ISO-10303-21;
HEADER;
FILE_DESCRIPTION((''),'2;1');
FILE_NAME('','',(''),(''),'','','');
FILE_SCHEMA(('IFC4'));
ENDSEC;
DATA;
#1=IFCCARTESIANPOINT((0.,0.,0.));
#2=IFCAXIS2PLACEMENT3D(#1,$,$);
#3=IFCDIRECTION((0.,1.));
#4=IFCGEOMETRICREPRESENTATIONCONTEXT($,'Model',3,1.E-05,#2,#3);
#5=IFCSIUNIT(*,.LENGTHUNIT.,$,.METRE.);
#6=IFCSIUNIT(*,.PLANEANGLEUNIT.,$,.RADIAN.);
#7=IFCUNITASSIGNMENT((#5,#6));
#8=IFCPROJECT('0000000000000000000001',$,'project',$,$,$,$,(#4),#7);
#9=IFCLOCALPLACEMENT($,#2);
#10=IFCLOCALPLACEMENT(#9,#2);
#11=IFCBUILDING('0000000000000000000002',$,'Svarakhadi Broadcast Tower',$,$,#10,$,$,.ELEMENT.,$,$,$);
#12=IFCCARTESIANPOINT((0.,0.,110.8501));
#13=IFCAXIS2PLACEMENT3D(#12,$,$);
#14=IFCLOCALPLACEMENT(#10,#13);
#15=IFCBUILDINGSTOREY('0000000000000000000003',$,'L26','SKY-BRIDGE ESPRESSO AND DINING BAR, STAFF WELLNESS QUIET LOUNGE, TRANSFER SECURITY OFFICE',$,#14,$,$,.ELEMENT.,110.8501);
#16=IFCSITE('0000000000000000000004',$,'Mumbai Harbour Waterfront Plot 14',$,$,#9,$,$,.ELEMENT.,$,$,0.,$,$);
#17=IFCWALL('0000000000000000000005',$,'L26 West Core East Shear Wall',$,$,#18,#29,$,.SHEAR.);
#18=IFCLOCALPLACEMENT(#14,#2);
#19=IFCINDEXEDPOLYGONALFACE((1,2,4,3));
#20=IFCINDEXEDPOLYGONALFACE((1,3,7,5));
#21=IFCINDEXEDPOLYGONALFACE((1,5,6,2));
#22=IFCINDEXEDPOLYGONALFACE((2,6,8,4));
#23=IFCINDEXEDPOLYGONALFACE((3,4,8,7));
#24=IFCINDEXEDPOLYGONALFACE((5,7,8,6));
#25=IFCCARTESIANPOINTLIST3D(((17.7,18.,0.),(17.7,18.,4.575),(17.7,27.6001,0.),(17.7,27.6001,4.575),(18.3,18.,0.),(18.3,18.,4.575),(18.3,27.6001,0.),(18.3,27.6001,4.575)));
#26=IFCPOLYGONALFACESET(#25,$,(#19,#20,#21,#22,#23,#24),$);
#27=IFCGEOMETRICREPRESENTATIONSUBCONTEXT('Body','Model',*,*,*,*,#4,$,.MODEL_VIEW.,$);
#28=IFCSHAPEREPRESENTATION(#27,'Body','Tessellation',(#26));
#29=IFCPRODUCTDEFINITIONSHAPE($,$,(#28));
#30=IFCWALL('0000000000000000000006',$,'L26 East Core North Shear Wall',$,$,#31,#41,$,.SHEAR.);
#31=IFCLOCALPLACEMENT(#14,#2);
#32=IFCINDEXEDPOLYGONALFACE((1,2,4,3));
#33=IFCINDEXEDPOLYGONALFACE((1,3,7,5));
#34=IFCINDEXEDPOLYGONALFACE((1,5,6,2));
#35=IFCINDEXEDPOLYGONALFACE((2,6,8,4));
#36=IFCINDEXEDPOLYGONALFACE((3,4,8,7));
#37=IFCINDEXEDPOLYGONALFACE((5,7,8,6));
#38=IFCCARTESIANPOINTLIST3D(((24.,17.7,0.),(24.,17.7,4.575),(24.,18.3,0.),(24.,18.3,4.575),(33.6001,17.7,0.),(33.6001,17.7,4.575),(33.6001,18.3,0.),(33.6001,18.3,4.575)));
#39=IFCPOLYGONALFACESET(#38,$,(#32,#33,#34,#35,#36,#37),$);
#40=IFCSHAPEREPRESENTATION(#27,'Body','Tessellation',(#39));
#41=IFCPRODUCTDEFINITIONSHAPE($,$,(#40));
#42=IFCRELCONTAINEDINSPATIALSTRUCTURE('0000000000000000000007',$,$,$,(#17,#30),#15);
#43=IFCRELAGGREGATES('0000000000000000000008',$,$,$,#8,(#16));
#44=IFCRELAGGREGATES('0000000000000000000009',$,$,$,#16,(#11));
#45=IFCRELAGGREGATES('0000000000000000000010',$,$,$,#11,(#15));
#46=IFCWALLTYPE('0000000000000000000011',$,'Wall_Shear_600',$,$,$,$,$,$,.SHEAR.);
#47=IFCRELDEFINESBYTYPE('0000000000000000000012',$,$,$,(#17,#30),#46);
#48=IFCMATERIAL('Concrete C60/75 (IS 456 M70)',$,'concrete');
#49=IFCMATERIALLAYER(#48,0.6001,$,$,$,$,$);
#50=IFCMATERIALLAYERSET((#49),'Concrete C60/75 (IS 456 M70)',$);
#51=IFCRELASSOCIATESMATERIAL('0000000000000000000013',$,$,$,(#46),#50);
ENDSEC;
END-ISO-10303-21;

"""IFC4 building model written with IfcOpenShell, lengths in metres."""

from ifc_helpers import new_model, si_unit, direction, frame, frame_2d, origin, place, context, subcontext, project, spatial, rectangle, extrude, material, layer, layer_set, type_object, element, save


model = new_model("IFC4")

# Units and contexts
model_context = context("Model", 3, precision=1e-05, world=origin(), true_north=direction((0.0, 1.0)))
body_context = subcontext(model_context, "Body", "Model", "MODEL_VIEW")
ifc_project = project(units=[si_unit("LENGTHUNIT", "METRE"), si_unit("PLANEANGLEUNIT", "RADIAN")], contexts=[model_context])

# Site, building, storey
site_placement = place(None, origin())
site = spatial("IfcSite", under=ifc_project, at=site_placement, Name="Mumbai Harbour Waterfront Plot 14", CompositionType="ELEMENT", RefElevation=0.0)
building_placement = place(site_placement, origin())
building = spatial("IfcBuilding", under=site, at=building_placement, Name="Svarakhadi Broadcast Tower", CompositionType="ELEMENT")
storey_placement = place(building_placement, frame((0.0, 0.0, 110.8501)))
storey = spatial("IfcBuildingStorey", under=building, at=storey_placement, Name="L26", Description="SKY-BRIDGE ESPRESSO AND DINING BAR, STAFF WELLNESS QUIET LOUNGE, TRANSFER SECURITY OFFICE", CompositionType="ELEMENT", Elevation=110.8501)

# Walls
ifc_material_1 = material(Name="Concrete C60/75 (IS 456 M70)", Category="concrete")
ifc_layer_1 = layer(ifc_material_1, 0.6001)
ifc_layer_set_1 = layer_set([ifc_layer_1], Name="Concrete C60/75 (IS 456 M70)")
wall_type_1 = type_object("IfcWallType", Name="Wall_Shear_600", PredefinedType="SHEAR", material=ifc_layer_set_1)
for number, where, z_axis, x_axis, name in (
    (1, (18.0, 18.0, 0.0), (0.0, 0.0, 1.0), (0.0, 1.0, 0.0), "L26 West Core East Shear Wall"),
    (2, (24.0, 18.0, 0.0), (0.0, 0.0, 1.0), (1.0, 0.0, 0.0), "L26 East Core North Shear Wall"),
):
    element("IfcWall", number, at=place(storey_placement, frame(where, z_axis=z_axis, x_axis=x_axis)), inside=storey, type_object=wall_type_1, Name=name, PredefinedType="SHEAR", context=body_context, shape_type="SweptSolid", body=[
        extrude(rectangle(XDim=9.6001, YDim=0.6001, at=frame_2d((4.8, 0.0))), origin(), (0.0, 0.0, 1.0), 4.575),
    ])

save(model, "model.ifc")
